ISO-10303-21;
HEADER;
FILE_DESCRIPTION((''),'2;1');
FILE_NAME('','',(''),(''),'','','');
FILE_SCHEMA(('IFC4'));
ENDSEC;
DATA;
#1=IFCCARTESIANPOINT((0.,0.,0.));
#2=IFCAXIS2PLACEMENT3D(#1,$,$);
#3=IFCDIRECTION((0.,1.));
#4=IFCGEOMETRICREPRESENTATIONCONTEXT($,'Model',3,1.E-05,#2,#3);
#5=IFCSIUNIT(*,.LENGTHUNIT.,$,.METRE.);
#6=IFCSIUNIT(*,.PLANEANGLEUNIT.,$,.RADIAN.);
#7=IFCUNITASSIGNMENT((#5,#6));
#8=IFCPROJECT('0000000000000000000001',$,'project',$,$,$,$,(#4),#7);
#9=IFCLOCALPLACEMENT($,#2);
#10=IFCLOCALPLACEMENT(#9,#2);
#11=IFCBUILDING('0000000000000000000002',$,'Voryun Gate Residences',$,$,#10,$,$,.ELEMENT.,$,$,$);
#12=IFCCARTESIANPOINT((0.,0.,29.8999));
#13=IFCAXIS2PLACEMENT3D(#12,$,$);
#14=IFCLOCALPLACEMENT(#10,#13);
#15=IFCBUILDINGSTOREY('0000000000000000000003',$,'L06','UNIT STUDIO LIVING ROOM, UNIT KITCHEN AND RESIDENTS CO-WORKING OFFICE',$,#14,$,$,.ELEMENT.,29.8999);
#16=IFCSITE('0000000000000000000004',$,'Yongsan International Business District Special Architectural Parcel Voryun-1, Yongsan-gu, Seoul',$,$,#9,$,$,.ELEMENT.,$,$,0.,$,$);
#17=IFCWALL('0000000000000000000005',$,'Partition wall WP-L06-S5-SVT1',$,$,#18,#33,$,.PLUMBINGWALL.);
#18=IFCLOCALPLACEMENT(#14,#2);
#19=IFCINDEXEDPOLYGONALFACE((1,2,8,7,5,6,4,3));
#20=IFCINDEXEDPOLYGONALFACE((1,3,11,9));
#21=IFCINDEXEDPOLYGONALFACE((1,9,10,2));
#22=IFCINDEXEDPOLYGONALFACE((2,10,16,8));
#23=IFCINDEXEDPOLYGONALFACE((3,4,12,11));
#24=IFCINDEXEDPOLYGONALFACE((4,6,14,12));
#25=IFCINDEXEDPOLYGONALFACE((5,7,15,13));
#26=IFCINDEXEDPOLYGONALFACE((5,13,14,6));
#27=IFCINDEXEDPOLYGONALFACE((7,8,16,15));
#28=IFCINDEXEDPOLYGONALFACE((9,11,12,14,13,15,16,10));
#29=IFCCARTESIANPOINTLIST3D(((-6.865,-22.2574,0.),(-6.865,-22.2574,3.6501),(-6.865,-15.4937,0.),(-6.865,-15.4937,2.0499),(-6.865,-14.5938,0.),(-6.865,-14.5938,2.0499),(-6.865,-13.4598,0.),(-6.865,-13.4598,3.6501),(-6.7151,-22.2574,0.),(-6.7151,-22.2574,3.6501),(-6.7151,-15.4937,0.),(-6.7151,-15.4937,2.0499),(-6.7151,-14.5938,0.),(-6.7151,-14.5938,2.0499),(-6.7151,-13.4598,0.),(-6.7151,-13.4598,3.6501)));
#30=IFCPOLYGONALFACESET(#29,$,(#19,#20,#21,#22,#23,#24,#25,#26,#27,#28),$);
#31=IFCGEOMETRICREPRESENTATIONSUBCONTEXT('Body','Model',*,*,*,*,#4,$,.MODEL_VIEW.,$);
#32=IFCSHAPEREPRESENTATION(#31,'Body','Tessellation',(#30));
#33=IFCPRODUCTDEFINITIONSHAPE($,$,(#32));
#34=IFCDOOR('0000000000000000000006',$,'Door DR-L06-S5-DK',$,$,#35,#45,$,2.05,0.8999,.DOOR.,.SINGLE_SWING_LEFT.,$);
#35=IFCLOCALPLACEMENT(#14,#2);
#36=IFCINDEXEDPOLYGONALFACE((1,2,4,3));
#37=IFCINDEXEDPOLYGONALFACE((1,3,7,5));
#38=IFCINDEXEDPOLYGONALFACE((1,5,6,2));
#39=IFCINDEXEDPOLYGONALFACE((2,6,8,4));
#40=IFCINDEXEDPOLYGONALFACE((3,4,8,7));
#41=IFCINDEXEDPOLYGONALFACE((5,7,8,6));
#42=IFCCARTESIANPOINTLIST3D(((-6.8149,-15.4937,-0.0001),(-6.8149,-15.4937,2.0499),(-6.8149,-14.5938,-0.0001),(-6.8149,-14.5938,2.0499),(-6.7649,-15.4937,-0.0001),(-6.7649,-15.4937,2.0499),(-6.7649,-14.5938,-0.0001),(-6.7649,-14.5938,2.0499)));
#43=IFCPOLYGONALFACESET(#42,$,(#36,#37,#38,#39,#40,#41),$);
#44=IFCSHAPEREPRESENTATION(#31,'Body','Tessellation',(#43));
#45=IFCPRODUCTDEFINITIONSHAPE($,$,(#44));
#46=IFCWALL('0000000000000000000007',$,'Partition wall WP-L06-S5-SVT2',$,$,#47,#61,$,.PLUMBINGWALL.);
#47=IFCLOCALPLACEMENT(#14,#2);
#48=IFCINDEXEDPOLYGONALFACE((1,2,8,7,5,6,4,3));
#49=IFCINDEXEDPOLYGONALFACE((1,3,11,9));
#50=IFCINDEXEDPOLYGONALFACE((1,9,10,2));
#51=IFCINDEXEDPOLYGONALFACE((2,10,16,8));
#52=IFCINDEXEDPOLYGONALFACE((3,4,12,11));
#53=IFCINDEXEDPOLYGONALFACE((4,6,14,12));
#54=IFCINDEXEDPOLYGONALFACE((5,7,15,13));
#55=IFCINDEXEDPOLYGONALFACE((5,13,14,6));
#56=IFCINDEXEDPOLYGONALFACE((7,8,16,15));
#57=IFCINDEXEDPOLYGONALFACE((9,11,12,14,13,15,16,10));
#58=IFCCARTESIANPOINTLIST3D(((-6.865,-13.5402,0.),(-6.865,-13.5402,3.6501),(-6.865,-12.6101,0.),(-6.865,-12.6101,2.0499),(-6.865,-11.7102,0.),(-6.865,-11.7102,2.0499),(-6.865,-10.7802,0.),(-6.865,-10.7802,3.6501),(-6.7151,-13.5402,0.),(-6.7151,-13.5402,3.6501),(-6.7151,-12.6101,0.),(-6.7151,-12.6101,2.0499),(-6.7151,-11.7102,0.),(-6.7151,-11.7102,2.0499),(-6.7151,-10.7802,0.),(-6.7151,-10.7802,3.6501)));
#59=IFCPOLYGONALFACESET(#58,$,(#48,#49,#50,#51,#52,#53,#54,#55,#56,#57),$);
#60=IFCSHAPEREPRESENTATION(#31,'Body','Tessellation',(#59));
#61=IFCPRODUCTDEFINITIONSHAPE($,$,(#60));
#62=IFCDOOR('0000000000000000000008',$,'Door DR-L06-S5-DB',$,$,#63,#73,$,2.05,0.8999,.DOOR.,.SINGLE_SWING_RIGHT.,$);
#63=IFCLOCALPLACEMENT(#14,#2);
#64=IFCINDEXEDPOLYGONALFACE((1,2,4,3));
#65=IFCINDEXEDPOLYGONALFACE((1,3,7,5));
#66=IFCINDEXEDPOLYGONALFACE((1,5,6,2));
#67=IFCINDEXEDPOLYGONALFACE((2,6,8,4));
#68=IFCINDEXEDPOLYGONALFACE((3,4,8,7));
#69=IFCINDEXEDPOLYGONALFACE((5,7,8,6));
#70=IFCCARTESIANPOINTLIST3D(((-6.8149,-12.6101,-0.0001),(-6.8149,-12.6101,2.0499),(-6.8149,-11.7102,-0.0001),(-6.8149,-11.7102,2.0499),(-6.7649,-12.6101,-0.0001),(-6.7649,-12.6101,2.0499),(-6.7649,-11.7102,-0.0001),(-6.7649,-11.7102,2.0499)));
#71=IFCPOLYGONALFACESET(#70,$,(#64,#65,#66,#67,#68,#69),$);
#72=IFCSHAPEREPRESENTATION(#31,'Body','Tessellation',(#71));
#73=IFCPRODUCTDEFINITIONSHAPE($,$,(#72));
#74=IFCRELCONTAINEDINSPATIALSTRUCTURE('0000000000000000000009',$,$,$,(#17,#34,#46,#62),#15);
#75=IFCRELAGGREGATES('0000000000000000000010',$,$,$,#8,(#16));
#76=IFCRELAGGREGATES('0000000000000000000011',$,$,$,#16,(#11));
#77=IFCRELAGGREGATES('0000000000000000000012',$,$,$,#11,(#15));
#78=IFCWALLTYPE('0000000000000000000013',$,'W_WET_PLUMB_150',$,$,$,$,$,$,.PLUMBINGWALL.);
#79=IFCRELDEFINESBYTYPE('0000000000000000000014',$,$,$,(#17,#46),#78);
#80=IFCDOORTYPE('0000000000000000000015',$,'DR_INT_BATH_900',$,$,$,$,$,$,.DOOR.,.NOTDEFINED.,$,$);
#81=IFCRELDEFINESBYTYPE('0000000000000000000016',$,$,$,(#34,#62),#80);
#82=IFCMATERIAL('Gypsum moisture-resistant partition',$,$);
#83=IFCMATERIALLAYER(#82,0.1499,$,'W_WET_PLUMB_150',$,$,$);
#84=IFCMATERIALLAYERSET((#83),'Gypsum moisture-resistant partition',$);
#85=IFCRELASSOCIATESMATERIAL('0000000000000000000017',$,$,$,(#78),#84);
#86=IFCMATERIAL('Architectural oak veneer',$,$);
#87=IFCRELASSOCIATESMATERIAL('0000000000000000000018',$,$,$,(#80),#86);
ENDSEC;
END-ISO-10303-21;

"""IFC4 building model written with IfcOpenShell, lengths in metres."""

from ifc_helpers import new_model, si_unit, direction, frame, frame_2d, origin, place, context, subcontext, project, spatial, rectangle, extrude, material, layer, layer_set, type_object, element, fill, save


model = new_model("IFC4")

# Units and contexts
model_context = context("Model", 3, precision=1e-05, world=origin(), true_north=direction((0.0, 1.0)))
body_context = subcontext(model_context, "Body", "Model", "MODEL_VIEW")
ifc_project = project(units=[si_unit("LENGTHUNIT", "METRE"), si_unit("PLANEANGLEUNIT", "RADIAN")], contexts=[model_context])

# Site, building, storey
site_placement = place(None, origin())
site = spatial("IfcSite", under=ifc_project, at=site_placement, Name="Yongsan International Business District Special Architectural Parcel Voryun-1, Yongsan-gu, Seoul", CompositionType="ELEMENT", RefElevation=0.0)
building_placement = place(site_placement, origin())
building = spatial("IfcBuilding", under=site, at=building_placement, Name="Voryun Gate Residences", CompositionType="ELEMENT")
storey_placement = place(building_placement, frame((0.0, 0.0, 29.8999)))
storey = spatial("IfcBuildingStorey", under=building, at=storey_placement, Name="L06", Description="UNIT STUDIO LIVING ROOM, UNIT KITCHEN AND RESIDENTS CO-WORKING OFFICE", CompositionType="ELEMENT", Elevation=29.8999)

# Shared definitions
ifc_material_1 = material(Name="Gypsum moisture-resistant partition")
ifc_layer_1 = layer(ifc_material_1, 0.1499, Name="W_WET_PLUMB_150")
ifc_layer_set_1 = layer_set([ifc_layer_1], Name="Gypsum moisture-resistant partition")
wall_type_1 = type_object("IfcWallType", Name="W_WET_PLUMB_150", PredefinedType="PLUMBINGWALL", material=ifc_layer_set_1)

# Walls, openings, doors
ifc_material_2 = material(Name="Architectural oak veneer")
door_type = type_object("IfcDoorType", Name="DR_INT_BATH_900", OperationType="NOTDEFINED", PredefinedType="DOOR", material=ifc_material_2)
wall_1_placement = place(storey_placement, frame((-6.79, -22.2576, 0.0), z_axis=(0.0, 0.0, 1.0), x_axis=(0.0, 1.0, 0.0)))
wall_1 = element("IfcWall", 1, at=wall_1_placement, inside=storey, type_object=wall_type_1, Name="Partition wall WP-L06-S5-SVT1", PredefinedType="PLUMBINGWALL", context=body_context, shape_type="SweptSolid", body=[
    extrude(rectangle(XDim=8.7976, YDim=0.1499, at=frame_2d((4.3989, 0.0))), origin(), (0.0, 0.0, 1.0), 3.6501),
])
opening_1_placement = place(wall_1_placement, frame((6.7639, 0.0, 0.0)))
opening_1 = element("IfcOpeningElement", 2, at=opening_1_placement, cuts=wall_1, PredefinedType="OPENING", context=body_context, shape_type="SweptSolid", body=[
    extrude(rectangle(XDim=0.8999, YDim=2.05, at=frame_2d((0.45, 1.0249))), frame((0.0, 0.085, 0.0), z_axis=(0.0, -1.0, 0.0), x_axis=(1.0, 0.0, 0.0)), (0.0, 0.0, 1.0), 0.1699),
])
door_1_placement = place(opening_1_placement, origin())
door_1 = element("IfcDoor", 3, at=door_1_placement, inside=storey, type_object=door_type, Name="Door DR-L06-S5-DK", OperationType="SINGLE_SWING_LEFT", OverallHeight=2.05, OverallWidth=0.8999, PredefinedType="DOOR", context=body_context, shape_type="SweptSolid", body=[
    extrude(rectangle(XDim=0.8999, YDim=2.05, at=frame_2d((0.45, 1.0249))), frame((0.0, 0.0249, 0.0), z_axis=(0.0, -1.0, 0.0), x_axis=(1.0, 0.0, 0.0)), (0.0, 0.0, 1.0), 0.05),
])
fill(opening_1, door_1)
wall_2_placement = place(storey_placement, frame((-6.79, -13.54, 0.0), z_axis=(0.0, 0.0, 1.0), x_axis=(0.0, 1.0, 0.0)))
wall_2 = element("IfcWall", 4, at=wall_2_placement, inside=storey, type_object=wall_type_1, Name="Partition wall WP-L06-S5-SVT2", PredefinedType="PLUMBINGWALL", context=body_context, shape_type="SweptSolid", body=[
    extrude(rectangle(XDim=2.76, YDim=0.1499, at=frame_2d((1.3799, 0.0))), origin(), (0.0, 0.0, 1.0), 3.6501),
])
opening_2_placement = place(wall_2_placement, frame((0.9299, 0.0, 0.0)))
opening_2 = element("IfcOpeningElement", 5, at=opening_2_placement, cuts=wall_2, PredefinedType="OPENING", context=body_context, shape_type="SweptSolid", body=[
    extrude(rectangle(XDim=0.8999, YDim=2.05, at=frame_2d((0.45, 1.0249))), frame((0.0, 0.085, 0.0), z_axis=(0.0, -1.0, 0.0), x_axis=(1.0, 0.0, 0.0)), (0.0, 0.0, 1.0), 0.1699),
])
door_2_placement = place(opening_2_placement, origin())
door_2 = element("IfcDoor", 6, at=door_2_placement, inside=storey, type_object=door_type, Name="Door DR-L06-S5-DB", OperationType="SINGLE_SWING_RIGHT", OverallHeight=2.05, OverallWidth=0.8999, PredefinedType="DOOR", context=body_context, shape_type="SweptSolid", body=[
    extrude(rectangle(XDim=0.8999, YDim=2.05, at=frame_2d((0.45, 1.0249))), frame((0.0, 0.0249, 0.0), z_axis=(0.0, -1.0, 0.0), x_axis=(1.0, 0.0, 0.0)), (0.0, 0.0, 1.0), 0.05),
])
fill(opening_2, door_2)

save(model, "model.ifc")
